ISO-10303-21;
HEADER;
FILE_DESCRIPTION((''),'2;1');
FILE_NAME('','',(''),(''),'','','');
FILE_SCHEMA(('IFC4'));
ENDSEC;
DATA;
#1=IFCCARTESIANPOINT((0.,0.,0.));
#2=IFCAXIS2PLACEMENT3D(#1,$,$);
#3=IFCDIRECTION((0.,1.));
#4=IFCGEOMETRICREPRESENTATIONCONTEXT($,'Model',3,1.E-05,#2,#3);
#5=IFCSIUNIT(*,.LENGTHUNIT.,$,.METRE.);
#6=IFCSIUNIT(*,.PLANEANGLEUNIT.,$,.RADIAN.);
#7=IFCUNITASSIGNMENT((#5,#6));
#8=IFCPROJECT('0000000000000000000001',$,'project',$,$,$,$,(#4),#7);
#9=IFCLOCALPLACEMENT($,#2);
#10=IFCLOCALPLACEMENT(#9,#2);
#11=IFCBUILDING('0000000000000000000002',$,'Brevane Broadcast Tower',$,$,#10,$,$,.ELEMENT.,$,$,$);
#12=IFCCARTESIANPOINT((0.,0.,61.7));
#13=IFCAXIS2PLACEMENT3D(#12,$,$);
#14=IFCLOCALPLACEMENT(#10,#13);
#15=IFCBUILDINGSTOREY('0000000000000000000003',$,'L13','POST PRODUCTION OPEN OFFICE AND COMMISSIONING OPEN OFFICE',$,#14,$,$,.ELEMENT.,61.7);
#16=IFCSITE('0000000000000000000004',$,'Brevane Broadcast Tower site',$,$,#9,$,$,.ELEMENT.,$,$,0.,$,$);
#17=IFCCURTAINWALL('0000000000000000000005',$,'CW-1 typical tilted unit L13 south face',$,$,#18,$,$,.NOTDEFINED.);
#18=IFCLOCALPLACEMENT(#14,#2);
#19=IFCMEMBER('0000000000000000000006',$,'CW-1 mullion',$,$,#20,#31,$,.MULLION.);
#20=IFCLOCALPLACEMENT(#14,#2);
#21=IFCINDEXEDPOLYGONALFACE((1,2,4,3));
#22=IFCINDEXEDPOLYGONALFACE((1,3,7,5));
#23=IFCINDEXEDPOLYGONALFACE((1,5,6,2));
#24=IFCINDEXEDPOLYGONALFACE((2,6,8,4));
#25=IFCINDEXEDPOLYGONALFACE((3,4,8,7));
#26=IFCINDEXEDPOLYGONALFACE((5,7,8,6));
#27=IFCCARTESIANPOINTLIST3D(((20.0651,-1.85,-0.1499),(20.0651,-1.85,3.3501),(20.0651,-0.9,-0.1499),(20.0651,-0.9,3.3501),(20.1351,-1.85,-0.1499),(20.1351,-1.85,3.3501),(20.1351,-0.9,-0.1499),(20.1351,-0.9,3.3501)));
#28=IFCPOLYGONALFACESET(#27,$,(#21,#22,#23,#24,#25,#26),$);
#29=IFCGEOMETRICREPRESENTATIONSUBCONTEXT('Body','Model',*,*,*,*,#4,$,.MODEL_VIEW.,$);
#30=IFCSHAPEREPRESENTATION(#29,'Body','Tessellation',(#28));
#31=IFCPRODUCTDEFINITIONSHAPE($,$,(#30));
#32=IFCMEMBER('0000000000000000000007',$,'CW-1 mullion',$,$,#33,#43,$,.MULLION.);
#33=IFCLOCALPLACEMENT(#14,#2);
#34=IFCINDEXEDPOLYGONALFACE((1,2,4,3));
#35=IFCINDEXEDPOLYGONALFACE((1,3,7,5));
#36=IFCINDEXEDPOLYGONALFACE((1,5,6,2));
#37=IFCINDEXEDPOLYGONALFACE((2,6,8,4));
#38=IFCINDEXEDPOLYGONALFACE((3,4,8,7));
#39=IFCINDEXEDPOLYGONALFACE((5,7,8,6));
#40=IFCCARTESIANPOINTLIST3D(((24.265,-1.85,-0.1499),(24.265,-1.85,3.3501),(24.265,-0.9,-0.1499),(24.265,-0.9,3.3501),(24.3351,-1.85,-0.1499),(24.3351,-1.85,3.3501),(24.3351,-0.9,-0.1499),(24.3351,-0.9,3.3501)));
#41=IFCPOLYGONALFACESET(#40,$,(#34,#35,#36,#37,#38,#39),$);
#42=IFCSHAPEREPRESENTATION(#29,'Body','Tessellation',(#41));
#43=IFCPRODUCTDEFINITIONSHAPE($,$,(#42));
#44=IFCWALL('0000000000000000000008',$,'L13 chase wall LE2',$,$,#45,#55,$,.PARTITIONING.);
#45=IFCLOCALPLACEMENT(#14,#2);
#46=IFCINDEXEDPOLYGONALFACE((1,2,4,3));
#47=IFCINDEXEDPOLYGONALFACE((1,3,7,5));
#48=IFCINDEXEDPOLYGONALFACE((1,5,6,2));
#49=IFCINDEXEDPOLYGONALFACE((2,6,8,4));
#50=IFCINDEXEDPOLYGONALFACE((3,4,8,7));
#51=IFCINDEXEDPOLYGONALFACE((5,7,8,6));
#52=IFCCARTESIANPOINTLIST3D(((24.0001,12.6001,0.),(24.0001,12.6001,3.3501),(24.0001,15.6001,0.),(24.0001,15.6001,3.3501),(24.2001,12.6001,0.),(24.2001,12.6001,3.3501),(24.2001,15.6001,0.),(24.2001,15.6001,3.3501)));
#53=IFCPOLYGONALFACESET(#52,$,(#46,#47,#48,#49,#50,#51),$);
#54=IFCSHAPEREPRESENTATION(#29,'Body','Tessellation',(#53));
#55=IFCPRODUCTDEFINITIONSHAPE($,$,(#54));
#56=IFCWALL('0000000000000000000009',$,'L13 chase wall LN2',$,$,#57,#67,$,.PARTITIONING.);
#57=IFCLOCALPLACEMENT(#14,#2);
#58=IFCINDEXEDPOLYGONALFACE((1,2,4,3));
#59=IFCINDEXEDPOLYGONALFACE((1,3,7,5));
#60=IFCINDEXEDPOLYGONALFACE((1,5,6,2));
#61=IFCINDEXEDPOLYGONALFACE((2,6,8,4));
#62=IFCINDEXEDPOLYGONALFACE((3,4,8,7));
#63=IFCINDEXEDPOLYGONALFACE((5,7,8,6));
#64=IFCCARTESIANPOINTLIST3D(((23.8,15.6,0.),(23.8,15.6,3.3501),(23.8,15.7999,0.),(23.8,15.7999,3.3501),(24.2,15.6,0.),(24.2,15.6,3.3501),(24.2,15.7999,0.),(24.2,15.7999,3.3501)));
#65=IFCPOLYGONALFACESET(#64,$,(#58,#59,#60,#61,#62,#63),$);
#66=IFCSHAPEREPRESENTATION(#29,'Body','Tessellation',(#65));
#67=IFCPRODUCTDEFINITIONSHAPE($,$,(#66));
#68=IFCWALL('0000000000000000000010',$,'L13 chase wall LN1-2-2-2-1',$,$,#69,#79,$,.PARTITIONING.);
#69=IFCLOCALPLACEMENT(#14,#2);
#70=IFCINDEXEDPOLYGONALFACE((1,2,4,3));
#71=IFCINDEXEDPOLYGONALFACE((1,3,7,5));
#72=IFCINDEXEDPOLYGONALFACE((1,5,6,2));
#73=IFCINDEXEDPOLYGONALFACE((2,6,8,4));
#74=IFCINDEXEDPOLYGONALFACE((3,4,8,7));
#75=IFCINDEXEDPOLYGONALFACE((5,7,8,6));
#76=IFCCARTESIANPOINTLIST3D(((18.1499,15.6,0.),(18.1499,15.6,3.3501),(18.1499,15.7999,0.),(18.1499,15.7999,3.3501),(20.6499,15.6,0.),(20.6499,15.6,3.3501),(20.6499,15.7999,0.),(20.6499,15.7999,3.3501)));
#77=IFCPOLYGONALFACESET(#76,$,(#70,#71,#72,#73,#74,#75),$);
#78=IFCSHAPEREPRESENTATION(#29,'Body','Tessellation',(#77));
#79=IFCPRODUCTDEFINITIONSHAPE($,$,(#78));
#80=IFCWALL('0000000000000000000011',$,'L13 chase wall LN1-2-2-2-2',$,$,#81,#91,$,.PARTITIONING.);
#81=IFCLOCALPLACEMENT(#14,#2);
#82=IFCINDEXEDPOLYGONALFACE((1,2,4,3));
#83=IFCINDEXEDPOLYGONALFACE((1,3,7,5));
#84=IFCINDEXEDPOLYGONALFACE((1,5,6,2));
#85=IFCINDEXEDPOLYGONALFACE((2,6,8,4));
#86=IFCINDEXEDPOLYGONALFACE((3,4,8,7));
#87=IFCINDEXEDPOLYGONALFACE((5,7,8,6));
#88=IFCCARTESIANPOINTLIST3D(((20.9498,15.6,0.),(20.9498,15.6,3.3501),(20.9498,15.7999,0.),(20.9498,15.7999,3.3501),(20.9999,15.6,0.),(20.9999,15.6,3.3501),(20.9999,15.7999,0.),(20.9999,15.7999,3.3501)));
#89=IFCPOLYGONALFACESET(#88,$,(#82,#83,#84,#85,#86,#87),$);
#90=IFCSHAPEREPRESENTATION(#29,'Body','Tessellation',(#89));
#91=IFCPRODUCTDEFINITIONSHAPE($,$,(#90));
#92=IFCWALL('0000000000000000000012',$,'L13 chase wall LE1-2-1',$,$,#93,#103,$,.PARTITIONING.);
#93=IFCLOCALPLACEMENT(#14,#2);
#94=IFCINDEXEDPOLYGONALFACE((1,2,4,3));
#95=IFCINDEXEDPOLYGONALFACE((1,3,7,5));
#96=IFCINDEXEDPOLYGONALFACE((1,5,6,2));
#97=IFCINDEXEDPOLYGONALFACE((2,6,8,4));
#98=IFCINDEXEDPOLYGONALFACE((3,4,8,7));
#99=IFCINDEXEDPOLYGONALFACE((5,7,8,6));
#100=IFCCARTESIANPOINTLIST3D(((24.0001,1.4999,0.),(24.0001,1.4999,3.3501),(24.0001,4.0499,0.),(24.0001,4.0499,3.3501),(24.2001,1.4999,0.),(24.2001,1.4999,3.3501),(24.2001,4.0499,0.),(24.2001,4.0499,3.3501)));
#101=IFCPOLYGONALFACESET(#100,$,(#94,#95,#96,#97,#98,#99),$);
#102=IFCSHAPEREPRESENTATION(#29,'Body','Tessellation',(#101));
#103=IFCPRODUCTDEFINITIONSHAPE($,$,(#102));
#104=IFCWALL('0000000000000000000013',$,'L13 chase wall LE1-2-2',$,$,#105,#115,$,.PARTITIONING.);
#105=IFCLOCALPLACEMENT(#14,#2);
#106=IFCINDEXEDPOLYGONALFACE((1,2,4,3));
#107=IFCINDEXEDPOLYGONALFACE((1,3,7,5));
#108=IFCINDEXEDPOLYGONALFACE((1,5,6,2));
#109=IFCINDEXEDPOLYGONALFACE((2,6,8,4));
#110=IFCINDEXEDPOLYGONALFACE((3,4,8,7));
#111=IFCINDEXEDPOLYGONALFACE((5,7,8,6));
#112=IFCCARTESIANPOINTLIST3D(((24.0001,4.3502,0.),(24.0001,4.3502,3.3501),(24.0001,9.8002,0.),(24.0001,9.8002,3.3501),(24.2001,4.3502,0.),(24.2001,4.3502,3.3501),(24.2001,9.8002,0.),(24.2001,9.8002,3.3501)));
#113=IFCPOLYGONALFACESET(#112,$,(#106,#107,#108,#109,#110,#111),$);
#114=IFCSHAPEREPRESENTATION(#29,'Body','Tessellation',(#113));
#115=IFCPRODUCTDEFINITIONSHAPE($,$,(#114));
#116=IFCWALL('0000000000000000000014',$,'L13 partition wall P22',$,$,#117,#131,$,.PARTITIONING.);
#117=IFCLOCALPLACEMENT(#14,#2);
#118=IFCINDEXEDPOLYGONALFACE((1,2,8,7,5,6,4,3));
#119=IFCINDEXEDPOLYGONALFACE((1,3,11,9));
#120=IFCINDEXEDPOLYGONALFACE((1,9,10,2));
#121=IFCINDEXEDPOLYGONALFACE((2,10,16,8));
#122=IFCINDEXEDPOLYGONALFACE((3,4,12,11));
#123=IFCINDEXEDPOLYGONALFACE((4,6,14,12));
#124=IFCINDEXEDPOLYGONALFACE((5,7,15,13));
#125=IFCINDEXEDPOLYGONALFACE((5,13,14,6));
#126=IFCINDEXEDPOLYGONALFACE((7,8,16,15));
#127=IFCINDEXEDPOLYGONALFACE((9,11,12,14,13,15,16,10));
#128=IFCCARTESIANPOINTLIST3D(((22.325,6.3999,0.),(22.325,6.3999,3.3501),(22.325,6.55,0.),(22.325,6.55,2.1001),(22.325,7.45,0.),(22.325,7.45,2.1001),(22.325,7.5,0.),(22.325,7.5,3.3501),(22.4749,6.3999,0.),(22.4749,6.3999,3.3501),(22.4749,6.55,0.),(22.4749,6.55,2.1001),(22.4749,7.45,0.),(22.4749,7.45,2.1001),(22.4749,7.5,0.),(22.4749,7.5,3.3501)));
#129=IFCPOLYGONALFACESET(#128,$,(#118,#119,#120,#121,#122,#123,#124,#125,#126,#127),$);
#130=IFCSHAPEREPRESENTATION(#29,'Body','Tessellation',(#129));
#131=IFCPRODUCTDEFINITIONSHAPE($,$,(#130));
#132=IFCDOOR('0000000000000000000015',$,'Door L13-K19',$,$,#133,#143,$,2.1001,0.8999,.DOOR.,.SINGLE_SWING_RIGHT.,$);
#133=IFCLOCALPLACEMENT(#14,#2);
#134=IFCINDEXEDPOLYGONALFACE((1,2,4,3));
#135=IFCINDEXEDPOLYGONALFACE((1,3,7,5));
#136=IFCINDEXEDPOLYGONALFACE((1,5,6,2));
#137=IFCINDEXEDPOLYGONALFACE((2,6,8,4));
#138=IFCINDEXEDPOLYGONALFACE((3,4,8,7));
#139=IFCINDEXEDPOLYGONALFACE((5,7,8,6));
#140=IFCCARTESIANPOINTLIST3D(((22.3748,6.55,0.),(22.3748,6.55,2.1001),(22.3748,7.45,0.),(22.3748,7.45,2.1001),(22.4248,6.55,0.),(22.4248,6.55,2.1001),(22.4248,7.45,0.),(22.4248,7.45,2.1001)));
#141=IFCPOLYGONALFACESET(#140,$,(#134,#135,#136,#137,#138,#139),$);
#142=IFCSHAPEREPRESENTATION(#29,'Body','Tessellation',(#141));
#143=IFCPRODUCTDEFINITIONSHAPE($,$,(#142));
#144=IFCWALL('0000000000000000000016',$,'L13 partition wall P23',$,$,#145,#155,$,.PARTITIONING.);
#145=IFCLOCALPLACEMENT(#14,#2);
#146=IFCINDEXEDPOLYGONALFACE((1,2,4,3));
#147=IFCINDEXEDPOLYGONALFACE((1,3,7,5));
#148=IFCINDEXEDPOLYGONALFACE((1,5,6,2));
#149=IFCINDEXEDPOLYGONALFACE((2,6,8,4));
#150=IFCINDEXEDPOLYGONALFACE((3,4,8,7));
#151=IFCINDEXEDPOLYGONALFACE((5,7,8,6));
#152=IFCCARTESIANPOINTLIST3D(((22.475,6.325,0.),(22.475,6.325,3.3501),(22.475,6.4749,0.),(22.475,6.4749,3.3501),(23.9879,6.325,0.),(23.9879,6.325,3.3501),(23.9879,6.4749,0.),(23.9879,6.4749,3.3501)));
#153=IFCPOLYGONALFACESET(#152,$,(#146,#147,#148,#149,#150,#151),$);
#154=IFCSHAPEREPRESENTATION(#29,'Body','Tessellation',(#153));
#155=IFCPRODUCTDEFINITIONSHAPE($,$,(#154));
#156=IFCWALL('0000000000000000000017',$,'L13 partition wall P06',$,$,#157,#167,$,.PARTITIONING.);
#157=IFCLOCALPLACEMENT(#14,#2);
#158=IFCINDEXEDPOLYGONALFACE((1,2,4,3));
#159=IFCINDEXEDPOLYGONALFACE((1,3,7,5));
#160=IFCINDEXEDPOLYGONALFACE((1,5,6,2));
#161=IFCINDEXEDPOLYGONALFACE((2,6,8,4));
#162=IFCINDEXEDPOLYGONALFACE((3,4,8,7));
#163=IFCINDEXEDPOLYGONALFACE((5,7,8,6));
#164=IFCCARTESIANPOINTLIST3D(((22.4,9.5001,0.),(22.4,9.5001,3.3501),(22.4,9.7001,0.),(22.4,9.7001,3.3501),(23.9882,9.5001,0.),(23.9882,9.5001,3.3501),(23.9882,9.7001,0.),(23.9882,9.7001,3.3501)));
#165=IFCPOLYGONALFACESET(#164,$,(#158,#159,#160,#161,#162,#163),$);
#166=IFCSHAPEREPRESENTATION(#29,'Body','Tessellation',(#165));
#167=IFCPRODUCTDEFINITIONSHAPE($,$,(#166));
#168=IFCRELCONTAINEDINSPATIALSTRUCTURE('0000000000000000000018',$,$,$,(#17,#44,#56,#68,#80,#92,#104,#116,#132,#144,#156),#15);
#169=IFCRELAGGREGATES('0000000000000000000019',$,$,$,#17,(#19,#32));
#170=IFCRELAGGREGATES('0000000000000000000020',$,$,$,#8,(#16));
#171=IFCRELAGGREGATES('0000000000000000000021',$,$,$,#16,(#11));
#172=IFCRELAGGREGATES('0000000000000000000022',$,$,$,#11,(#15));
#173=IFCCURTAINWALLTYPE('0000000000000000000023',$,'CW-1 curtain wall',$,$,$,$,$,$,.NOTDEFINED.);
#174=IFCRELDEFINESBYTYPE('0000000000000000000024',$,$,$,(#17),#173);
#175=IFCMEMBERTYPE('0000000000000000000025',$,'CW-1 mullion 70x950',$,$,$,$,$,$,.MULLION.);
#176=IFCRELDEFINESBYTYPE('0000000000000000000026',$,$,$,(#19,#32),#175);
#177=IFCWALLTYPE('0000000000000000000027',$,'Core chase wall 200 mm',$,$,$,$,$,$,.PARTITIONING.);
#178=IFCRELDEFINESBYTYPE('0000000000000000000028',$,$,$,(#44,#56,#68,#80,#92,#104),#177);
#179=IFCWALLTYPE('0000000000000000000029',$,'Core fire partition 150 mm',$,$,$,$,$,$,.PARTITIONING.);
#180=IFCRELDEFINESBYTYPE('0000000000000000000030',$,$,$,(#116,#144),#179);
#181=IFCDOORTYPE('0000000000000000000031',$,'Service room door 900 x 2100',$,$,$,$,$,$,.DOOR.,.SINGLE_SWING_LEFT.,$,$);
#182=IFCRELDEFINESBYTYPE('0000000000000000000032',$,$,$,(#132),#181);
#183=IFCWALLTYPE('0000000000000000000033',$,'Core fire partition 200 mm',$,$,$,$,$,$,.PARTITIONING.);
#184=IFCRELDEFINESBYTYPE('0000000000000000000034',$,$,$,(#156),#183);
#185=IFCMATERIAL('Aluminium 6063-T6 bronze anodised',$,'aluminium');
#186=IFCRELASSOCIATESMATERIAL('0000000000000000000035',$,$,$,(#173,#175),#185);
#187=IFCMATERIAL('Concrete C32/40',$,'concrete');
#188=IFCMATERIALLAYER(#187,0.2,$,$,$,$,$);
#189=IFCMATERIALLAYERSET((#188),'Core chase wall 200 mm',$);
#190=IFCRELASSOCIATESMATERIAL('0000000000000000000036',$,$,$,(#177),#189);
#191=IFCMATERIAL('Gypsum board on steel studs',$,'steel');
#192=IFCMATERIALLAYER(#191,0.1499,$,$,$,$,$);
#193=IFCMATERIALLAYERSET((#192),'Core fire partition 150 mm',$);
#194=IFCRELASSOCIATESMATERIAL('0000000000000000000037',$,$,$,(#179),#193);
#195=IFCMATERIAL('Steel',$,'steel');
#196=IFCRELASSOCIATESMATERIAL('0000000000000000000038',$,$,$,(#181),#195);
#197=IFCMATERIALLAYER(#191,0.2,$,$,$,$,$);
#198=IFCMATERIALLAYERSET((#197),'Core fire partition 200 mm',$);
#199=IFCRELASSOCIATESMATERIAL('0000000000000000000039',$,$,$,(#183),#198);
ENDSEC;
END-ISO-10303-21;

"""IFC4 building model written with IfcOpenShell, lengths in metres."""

from ifc_helpers import new_model, si_unit, direction, frame, frame_2d, origin, origin_2d, place, context, subcontext, project, spatial, rectangle, extrude, material, layer, layer_set, material_profile, profile_set, type_object, element, fill, aggregate, save


model = new_model("IFC4")

# Units and contexts
model_context = context("Model", 3, precision=1e-05, world=origin(), true_north=direction((0.0, 1.0)))
body_context = subcontext(model_context, "Body", "Model", "MODEL_VIEW")
ifc_project = project(units=[si_unit("LENGTHUNIT", "METRE"), si_unit("PLANEANGLEUNIT", "RADIAN")], contexts=[model_context])

# Site, building, storey
site_placement = place(None, origin())
site = spatial("IfcSite", under=ifc_project, at=site_placement, Name="Brevane Broadcast Tower site", CompositionType="ELEMENT", RefElevation=0.0)
building_placement = place(site_placement, origin())
building = spatial("IfcBuilding", under=site, at=building_placement, Name="Brevane Broadcast Tower", CompositionType="ELEMENT")
storey_placement = place(building_placement, frame((0.0, 0.0, 61.7)))
storey = spatial("IfcBuildingStorey", under=building, at=storey_placement, Name="L13", Description="POST PRODUCTION OPEN OFFICE AND COMMISSIONING OPEN OFFICE", CompositionType="ELEMENT", Elevation=61.7)

# Curtain wall, members
ifc_material_1 = material(Name="Aluminium 6063-T6 bronze anodised", Category="aluminium")
curtain_wall_type = type_object("IfcCurtainWallType", Name="CW-1 curtain wall", PredefinedType="NOTDEFINED", material=ifc_material_1)
curtain_wall_placement = place(storey_placement, origin())
curtain_wall = element("IfcCurtainWall", 1, at=curtain_wall_placement, inside=storey, type_object=curtain_wall_type, Name="CW-1 typical tilted unit L13 south face", PredefinedType="NOTDEFINED")
ifc_material_profile = material_profile(ifc_material_1, rectangle(XDim=0.95, YDim=0.0701, at=origin_2d()), Name="RECT 70x950")
ifc_profile_set = profile_set([ifc_material_profile], Name="Aluminium 6063-T6 bronze anodised")
member_type = type_object("IfcMemberType", Name="CW-1 mullion 70x950", PredefinedType="MULLION", material=ifc_profile_set)
member_1_placement = place(storey_placement, frame((20.1001, -1.375, -0.1499), z_axis=(0.0, 0.0, 1.0), x_axis=(0.0, 1.0, 0.0)))
member_1 = element("IfcMember", 2, at=member_1_placement, type_object=member_type, Name="CW-1 mullion", PredefinedType="MULLION", context=body_context, shape_type="SweptSolid", body=[
    extrude(rectangle(XDim=0.95, YDim=0.0701, at=origin_2d()), origin(), (0.0, 0.0, 1.0), 3.5),
])
member_2_placement = place(storey_placement, frame((24.3, -1.375, -0.1499), z_axis=(0.0, 0.0, 1.0), x_axis=(0.0, 1.0, 0.0)))
member_2 = element("IfcMember", 3, at=member_2_placement, type_object=member_type, Name="CW-1 mullion", PredefinedType="MULLION", context=body_context, shape_type="SweptSolid", body=[
    extrude(rectangle(XDim=0.95, YDim=0.0701, at=origin_2d()), origin(), (0.0, 0.0, 1.0), 3.5),
])
aggregate(curtain_wall, [member_1, member_2])

# Walls
ifc_material_2 = material(Name="Concrete C32/40", Category="concrete")
ifc_layer_1 = layer(ifc_material_2, 0.2)
ifc_layer_set_1 = layer_set([ifc_layer_1], Name="Core chase wall 200 mm")
wall_type_1 = type_object("IfcWallType", Name="Core chase wall 200 mm", PredefinedType="PARTITIONING", material=ifc_layer_set_1)
wall_1_placement = place(storey_placement, frame((24.1001, 12.6001, 0.0), z_axis=(0.0, 0.0, 1.0), x_axis=(0.0, 1.0, 0.0)))
element("IfcWall", 4, at=wall_1_placement, inside=storey, type_object=wall_type_1, Name="L13 chase wall LE2", PredefinedType="PARTITIONING", context=body_context, shape_type="SweptSolid", body=[
    extrude(rectangle(XDim=3.0, YDim=0.2, at=frame_2d((1.5, 0.0))), origin(), (0.0, 0.0, 1.0), 3.3501),
])
wall_2_placement = place(storey_placement, frame((23.8, 15.7, 0.0), z_axis=(0.0, 0.0, 1.0), x_axis=(1.0, 0.0, 0.0)))
element("IfcWall", 5, at=wall_2_placement, inside=storey, type_object=wall_type_1, Name="L13 chase wall LN2", PredefinedType="PARTITIONING", context=body_context, shape_type="SweptSolid", body=[
    extrude(rectangle(XDim=0.3999, YDim=0.2, at=frame_2d((0.2, 0.0))), origin(), (0.0, 0.0, 1.0), 3.3501),
])
wall_3_placement = place(storey_placement, frame((18.1499, 15.7, 0.0), z_axis=(0.0, 0.0, 1.0), x_axis=(1.0, 0.0, 0.0)))
element("IfcWall", 6, at=wall_3_placement, inside=storey, type_object=wall_type_1, Name="L13 chase wall LN1-2-2-2-1", PredefinedType="PARTITIONING", context=body_context, shape_type="SweptSolid", body=[
    extrude(rectangle(XDim=2.5, YDim=0.2, at=frame_2d((1.25, 0.0))), origin(), (0.0, 0.0, 1.0), 3.3501),
])
wall_4_placement = place(storey_placement, frame((20.95, 15.7, 0.0), z_axis=(0.0, 0.0, 1.0), x_axis=(1.0, 0.0, 0.0)))
element("IfcWall", 7, at=wall_4_placement, inside=storey, type_object=wall_type_1, Name="L13 chase wall LN1-2-2-2-2", PredefinedType="PARTITIONING", context=body_context, shape_type="SweptSolid", body=[
    extrude(rectangle(XDim=0.05, YDim=0.2, at=frame_2d((0.0249, 0.0))), origin(), (0.0, 0.0, 1.0), 3.3501),
])
wall_5_placement = place(storey_placement, frame((24.1001, 1.5, 0.0), z_axis=(0.0, 0.0, 1.0), x_axis=(0.0, 1.0, 0.0)))
element("IfcWall", 8, at=wall_5_placement, inside=storey, type_object=wall_type_1, Name="L13 chase wall LE1-2-1", PredefinedType="PARTITIONING", context=body_context, shape_type="SweptSolid", body=[
    extrude(rectangle(XDim=2.55, YDim=0.2, at=frame_2d((1.2749, 0.0))), origin(), (0.0, 0.0, 1.0), 3.3501),
])
wall_6_placement = place(storey_placement, frame((24.1001, 4.3501, 0.0), z_axis=(0.0, 0.0, 1.0), x_axis=(0.0, 1.0, 0.0)))
element("IfcWall", 9, at=wall_6_placement, inside=storey, type_object=wall_type_1, Name="L13 chase wall LE1-2-2", PredefinedType="PARTITIONING", context=body_context, shape_type="SweptSolid", body=[
    extrude(rectangle(XDim=5.45, YDim=0.2, at=frame_2d((2.7251, 0.0))), origin(), (0.0, 0.0, 1.0), 3.3501),
])

# Wall, opening, door
ifc_material_3 = material(Name="Gypsum board on steel studs", Category="steel")
ifc_layer_2 = layer(ifc_material_3, 0.1499)
ifc_layer_set_2 = layer_set([ifc_layer_2], Name="Core fire partition 150 mm")
wall_type_2 = type_object("IfcWallType", Name="Core fire partition 150 mm", PredefinedType="PARTITIONING", material=ifc_layer_set_2)
wall_7_placement = place(storey_placement, frame((22.3999, 7.5, 0.0), z_axis=(0.0, 0.0, 1.0), x_axis=(0.0, -1.0, 0.0)))
wall_7 = element("IfcWall", 10, at=wall_7_placement, inside=storey, type_object=wall_type_2, Name="L13 partition wall P22", PredefinedType="PARTITIONING", context=body_context, shape_type="SweptSolid", body=[
    extrude(rectangle(XDim=1.1001, YDim=0.1499, at=frame_2d((0.55, 0.0))), origin(), (0.0, 0.0, 1.0), 3.3501),
])
opening_1_placement = place(wall_7_placement, frame((0.05, 0.0, 0.0)))
opening_1 = element("IfcOpeningElement", 11, at=opening_1_placement, cuts=wall_7, PredefinedType="OPENING", context=body_context, shape_type="SweptSolid", body=[
    extrude(rectangle(XDim=0.8999, YDim=2.1001, at=frame_2d((0.45, 1.05))), frame((0.0, 0.085, 0.0), z_axis=(0.0, -1.0, 0.0), x_axis=(1.0, 0.0, 0.0)), (0.0, 0.0, 1.0), 0.1699),
])
ifc_material_4 = material(Name="Steel", Category="steel")
door_type = type_object("IfcDoorType", Name="Service room door 900 x 2100", OperationType="SINGLE_SWING_LEFT", PredefinedType="DOOR", material=ifc_material_4)
door_1_placement = place(opening_1_placement, origin())
door_1 = element("IfcDoor", 12, at=door_1_placement, inside=storey, type_object=door_type, Name="Door L13-K19", OperationType="SINGLE_SWING_RIGHT", OverallHeight=2.1001, OverallWidth=0.8999, PredefinedType="DOOR", context=body_context, shape_type="SweptSolid", body=[
    extrude(rectangle(XDim=0.8999, YDim=2.1001, at=frame_2d((0.45, 1.05))), frame((0.0, 0.0249, 0.0), z_axis=(0.0, -1.0, 0.0), x_axis=(1.0, 0.0, 0.0)), (0.0, 0.0, 1.0), 0.05),
])
fill(opening_1, door_1)

# Walls
wall_8_placement = place(storey_placement, frame((22.4751, 6.3999, 0.0), z_axis=(0.0, 0.0, 1.0), x_axis=(1.0, 0.0, 0.0)))
element("IfcWall", 13, at=wall_8_placement, inside=storey, type_object=wall_type_2, Name="L13 partition wall P23", PredefinedType="PARTITIONING", context=body_context, shape_type="SweptSolid", body=[
    extrude(rectangle(XDim=1.5129, YDim=0.1499, at=frame_2d((0.7563, 0.0))), origin(), (0.0, 0.0, 1.0), 3.3501),
])
ifc_layer_3 = layer(ifc_material_3, 0.2)
ifc_layer_set_3 = layer_set([ifc_layer_3], Name="Core fire partition 200 mm")
wall_type_3 = type_object("IfcWallType", Name="Core fire partition 200 mm", PredefinedType="PARTITIONING", material=ifc_layer_set_3)
wall_9_placement = place(storey_placement, frame((23.988, 9.6001, 0.0), z_axis=(0.0, 0.0, 1.0), x_axis=(-1.0, 0.0, 0.0)))
element("IfcWall", 14, at=wall_9_placement, inside=storey, type_object=wall_type_3, Name="L13 partition wall P06", PredefinedType="PARTITIONING", context=body_context, shape_type="SweptSolid", body=[
    extrude(rectangle(XDim=1.5881, YDim=0.2, at=frame_2d((0.7939, 0.0))), origin(), (0.0, 0.0, 1.0), 3.3501),
])

save(model, "model.ifc")
